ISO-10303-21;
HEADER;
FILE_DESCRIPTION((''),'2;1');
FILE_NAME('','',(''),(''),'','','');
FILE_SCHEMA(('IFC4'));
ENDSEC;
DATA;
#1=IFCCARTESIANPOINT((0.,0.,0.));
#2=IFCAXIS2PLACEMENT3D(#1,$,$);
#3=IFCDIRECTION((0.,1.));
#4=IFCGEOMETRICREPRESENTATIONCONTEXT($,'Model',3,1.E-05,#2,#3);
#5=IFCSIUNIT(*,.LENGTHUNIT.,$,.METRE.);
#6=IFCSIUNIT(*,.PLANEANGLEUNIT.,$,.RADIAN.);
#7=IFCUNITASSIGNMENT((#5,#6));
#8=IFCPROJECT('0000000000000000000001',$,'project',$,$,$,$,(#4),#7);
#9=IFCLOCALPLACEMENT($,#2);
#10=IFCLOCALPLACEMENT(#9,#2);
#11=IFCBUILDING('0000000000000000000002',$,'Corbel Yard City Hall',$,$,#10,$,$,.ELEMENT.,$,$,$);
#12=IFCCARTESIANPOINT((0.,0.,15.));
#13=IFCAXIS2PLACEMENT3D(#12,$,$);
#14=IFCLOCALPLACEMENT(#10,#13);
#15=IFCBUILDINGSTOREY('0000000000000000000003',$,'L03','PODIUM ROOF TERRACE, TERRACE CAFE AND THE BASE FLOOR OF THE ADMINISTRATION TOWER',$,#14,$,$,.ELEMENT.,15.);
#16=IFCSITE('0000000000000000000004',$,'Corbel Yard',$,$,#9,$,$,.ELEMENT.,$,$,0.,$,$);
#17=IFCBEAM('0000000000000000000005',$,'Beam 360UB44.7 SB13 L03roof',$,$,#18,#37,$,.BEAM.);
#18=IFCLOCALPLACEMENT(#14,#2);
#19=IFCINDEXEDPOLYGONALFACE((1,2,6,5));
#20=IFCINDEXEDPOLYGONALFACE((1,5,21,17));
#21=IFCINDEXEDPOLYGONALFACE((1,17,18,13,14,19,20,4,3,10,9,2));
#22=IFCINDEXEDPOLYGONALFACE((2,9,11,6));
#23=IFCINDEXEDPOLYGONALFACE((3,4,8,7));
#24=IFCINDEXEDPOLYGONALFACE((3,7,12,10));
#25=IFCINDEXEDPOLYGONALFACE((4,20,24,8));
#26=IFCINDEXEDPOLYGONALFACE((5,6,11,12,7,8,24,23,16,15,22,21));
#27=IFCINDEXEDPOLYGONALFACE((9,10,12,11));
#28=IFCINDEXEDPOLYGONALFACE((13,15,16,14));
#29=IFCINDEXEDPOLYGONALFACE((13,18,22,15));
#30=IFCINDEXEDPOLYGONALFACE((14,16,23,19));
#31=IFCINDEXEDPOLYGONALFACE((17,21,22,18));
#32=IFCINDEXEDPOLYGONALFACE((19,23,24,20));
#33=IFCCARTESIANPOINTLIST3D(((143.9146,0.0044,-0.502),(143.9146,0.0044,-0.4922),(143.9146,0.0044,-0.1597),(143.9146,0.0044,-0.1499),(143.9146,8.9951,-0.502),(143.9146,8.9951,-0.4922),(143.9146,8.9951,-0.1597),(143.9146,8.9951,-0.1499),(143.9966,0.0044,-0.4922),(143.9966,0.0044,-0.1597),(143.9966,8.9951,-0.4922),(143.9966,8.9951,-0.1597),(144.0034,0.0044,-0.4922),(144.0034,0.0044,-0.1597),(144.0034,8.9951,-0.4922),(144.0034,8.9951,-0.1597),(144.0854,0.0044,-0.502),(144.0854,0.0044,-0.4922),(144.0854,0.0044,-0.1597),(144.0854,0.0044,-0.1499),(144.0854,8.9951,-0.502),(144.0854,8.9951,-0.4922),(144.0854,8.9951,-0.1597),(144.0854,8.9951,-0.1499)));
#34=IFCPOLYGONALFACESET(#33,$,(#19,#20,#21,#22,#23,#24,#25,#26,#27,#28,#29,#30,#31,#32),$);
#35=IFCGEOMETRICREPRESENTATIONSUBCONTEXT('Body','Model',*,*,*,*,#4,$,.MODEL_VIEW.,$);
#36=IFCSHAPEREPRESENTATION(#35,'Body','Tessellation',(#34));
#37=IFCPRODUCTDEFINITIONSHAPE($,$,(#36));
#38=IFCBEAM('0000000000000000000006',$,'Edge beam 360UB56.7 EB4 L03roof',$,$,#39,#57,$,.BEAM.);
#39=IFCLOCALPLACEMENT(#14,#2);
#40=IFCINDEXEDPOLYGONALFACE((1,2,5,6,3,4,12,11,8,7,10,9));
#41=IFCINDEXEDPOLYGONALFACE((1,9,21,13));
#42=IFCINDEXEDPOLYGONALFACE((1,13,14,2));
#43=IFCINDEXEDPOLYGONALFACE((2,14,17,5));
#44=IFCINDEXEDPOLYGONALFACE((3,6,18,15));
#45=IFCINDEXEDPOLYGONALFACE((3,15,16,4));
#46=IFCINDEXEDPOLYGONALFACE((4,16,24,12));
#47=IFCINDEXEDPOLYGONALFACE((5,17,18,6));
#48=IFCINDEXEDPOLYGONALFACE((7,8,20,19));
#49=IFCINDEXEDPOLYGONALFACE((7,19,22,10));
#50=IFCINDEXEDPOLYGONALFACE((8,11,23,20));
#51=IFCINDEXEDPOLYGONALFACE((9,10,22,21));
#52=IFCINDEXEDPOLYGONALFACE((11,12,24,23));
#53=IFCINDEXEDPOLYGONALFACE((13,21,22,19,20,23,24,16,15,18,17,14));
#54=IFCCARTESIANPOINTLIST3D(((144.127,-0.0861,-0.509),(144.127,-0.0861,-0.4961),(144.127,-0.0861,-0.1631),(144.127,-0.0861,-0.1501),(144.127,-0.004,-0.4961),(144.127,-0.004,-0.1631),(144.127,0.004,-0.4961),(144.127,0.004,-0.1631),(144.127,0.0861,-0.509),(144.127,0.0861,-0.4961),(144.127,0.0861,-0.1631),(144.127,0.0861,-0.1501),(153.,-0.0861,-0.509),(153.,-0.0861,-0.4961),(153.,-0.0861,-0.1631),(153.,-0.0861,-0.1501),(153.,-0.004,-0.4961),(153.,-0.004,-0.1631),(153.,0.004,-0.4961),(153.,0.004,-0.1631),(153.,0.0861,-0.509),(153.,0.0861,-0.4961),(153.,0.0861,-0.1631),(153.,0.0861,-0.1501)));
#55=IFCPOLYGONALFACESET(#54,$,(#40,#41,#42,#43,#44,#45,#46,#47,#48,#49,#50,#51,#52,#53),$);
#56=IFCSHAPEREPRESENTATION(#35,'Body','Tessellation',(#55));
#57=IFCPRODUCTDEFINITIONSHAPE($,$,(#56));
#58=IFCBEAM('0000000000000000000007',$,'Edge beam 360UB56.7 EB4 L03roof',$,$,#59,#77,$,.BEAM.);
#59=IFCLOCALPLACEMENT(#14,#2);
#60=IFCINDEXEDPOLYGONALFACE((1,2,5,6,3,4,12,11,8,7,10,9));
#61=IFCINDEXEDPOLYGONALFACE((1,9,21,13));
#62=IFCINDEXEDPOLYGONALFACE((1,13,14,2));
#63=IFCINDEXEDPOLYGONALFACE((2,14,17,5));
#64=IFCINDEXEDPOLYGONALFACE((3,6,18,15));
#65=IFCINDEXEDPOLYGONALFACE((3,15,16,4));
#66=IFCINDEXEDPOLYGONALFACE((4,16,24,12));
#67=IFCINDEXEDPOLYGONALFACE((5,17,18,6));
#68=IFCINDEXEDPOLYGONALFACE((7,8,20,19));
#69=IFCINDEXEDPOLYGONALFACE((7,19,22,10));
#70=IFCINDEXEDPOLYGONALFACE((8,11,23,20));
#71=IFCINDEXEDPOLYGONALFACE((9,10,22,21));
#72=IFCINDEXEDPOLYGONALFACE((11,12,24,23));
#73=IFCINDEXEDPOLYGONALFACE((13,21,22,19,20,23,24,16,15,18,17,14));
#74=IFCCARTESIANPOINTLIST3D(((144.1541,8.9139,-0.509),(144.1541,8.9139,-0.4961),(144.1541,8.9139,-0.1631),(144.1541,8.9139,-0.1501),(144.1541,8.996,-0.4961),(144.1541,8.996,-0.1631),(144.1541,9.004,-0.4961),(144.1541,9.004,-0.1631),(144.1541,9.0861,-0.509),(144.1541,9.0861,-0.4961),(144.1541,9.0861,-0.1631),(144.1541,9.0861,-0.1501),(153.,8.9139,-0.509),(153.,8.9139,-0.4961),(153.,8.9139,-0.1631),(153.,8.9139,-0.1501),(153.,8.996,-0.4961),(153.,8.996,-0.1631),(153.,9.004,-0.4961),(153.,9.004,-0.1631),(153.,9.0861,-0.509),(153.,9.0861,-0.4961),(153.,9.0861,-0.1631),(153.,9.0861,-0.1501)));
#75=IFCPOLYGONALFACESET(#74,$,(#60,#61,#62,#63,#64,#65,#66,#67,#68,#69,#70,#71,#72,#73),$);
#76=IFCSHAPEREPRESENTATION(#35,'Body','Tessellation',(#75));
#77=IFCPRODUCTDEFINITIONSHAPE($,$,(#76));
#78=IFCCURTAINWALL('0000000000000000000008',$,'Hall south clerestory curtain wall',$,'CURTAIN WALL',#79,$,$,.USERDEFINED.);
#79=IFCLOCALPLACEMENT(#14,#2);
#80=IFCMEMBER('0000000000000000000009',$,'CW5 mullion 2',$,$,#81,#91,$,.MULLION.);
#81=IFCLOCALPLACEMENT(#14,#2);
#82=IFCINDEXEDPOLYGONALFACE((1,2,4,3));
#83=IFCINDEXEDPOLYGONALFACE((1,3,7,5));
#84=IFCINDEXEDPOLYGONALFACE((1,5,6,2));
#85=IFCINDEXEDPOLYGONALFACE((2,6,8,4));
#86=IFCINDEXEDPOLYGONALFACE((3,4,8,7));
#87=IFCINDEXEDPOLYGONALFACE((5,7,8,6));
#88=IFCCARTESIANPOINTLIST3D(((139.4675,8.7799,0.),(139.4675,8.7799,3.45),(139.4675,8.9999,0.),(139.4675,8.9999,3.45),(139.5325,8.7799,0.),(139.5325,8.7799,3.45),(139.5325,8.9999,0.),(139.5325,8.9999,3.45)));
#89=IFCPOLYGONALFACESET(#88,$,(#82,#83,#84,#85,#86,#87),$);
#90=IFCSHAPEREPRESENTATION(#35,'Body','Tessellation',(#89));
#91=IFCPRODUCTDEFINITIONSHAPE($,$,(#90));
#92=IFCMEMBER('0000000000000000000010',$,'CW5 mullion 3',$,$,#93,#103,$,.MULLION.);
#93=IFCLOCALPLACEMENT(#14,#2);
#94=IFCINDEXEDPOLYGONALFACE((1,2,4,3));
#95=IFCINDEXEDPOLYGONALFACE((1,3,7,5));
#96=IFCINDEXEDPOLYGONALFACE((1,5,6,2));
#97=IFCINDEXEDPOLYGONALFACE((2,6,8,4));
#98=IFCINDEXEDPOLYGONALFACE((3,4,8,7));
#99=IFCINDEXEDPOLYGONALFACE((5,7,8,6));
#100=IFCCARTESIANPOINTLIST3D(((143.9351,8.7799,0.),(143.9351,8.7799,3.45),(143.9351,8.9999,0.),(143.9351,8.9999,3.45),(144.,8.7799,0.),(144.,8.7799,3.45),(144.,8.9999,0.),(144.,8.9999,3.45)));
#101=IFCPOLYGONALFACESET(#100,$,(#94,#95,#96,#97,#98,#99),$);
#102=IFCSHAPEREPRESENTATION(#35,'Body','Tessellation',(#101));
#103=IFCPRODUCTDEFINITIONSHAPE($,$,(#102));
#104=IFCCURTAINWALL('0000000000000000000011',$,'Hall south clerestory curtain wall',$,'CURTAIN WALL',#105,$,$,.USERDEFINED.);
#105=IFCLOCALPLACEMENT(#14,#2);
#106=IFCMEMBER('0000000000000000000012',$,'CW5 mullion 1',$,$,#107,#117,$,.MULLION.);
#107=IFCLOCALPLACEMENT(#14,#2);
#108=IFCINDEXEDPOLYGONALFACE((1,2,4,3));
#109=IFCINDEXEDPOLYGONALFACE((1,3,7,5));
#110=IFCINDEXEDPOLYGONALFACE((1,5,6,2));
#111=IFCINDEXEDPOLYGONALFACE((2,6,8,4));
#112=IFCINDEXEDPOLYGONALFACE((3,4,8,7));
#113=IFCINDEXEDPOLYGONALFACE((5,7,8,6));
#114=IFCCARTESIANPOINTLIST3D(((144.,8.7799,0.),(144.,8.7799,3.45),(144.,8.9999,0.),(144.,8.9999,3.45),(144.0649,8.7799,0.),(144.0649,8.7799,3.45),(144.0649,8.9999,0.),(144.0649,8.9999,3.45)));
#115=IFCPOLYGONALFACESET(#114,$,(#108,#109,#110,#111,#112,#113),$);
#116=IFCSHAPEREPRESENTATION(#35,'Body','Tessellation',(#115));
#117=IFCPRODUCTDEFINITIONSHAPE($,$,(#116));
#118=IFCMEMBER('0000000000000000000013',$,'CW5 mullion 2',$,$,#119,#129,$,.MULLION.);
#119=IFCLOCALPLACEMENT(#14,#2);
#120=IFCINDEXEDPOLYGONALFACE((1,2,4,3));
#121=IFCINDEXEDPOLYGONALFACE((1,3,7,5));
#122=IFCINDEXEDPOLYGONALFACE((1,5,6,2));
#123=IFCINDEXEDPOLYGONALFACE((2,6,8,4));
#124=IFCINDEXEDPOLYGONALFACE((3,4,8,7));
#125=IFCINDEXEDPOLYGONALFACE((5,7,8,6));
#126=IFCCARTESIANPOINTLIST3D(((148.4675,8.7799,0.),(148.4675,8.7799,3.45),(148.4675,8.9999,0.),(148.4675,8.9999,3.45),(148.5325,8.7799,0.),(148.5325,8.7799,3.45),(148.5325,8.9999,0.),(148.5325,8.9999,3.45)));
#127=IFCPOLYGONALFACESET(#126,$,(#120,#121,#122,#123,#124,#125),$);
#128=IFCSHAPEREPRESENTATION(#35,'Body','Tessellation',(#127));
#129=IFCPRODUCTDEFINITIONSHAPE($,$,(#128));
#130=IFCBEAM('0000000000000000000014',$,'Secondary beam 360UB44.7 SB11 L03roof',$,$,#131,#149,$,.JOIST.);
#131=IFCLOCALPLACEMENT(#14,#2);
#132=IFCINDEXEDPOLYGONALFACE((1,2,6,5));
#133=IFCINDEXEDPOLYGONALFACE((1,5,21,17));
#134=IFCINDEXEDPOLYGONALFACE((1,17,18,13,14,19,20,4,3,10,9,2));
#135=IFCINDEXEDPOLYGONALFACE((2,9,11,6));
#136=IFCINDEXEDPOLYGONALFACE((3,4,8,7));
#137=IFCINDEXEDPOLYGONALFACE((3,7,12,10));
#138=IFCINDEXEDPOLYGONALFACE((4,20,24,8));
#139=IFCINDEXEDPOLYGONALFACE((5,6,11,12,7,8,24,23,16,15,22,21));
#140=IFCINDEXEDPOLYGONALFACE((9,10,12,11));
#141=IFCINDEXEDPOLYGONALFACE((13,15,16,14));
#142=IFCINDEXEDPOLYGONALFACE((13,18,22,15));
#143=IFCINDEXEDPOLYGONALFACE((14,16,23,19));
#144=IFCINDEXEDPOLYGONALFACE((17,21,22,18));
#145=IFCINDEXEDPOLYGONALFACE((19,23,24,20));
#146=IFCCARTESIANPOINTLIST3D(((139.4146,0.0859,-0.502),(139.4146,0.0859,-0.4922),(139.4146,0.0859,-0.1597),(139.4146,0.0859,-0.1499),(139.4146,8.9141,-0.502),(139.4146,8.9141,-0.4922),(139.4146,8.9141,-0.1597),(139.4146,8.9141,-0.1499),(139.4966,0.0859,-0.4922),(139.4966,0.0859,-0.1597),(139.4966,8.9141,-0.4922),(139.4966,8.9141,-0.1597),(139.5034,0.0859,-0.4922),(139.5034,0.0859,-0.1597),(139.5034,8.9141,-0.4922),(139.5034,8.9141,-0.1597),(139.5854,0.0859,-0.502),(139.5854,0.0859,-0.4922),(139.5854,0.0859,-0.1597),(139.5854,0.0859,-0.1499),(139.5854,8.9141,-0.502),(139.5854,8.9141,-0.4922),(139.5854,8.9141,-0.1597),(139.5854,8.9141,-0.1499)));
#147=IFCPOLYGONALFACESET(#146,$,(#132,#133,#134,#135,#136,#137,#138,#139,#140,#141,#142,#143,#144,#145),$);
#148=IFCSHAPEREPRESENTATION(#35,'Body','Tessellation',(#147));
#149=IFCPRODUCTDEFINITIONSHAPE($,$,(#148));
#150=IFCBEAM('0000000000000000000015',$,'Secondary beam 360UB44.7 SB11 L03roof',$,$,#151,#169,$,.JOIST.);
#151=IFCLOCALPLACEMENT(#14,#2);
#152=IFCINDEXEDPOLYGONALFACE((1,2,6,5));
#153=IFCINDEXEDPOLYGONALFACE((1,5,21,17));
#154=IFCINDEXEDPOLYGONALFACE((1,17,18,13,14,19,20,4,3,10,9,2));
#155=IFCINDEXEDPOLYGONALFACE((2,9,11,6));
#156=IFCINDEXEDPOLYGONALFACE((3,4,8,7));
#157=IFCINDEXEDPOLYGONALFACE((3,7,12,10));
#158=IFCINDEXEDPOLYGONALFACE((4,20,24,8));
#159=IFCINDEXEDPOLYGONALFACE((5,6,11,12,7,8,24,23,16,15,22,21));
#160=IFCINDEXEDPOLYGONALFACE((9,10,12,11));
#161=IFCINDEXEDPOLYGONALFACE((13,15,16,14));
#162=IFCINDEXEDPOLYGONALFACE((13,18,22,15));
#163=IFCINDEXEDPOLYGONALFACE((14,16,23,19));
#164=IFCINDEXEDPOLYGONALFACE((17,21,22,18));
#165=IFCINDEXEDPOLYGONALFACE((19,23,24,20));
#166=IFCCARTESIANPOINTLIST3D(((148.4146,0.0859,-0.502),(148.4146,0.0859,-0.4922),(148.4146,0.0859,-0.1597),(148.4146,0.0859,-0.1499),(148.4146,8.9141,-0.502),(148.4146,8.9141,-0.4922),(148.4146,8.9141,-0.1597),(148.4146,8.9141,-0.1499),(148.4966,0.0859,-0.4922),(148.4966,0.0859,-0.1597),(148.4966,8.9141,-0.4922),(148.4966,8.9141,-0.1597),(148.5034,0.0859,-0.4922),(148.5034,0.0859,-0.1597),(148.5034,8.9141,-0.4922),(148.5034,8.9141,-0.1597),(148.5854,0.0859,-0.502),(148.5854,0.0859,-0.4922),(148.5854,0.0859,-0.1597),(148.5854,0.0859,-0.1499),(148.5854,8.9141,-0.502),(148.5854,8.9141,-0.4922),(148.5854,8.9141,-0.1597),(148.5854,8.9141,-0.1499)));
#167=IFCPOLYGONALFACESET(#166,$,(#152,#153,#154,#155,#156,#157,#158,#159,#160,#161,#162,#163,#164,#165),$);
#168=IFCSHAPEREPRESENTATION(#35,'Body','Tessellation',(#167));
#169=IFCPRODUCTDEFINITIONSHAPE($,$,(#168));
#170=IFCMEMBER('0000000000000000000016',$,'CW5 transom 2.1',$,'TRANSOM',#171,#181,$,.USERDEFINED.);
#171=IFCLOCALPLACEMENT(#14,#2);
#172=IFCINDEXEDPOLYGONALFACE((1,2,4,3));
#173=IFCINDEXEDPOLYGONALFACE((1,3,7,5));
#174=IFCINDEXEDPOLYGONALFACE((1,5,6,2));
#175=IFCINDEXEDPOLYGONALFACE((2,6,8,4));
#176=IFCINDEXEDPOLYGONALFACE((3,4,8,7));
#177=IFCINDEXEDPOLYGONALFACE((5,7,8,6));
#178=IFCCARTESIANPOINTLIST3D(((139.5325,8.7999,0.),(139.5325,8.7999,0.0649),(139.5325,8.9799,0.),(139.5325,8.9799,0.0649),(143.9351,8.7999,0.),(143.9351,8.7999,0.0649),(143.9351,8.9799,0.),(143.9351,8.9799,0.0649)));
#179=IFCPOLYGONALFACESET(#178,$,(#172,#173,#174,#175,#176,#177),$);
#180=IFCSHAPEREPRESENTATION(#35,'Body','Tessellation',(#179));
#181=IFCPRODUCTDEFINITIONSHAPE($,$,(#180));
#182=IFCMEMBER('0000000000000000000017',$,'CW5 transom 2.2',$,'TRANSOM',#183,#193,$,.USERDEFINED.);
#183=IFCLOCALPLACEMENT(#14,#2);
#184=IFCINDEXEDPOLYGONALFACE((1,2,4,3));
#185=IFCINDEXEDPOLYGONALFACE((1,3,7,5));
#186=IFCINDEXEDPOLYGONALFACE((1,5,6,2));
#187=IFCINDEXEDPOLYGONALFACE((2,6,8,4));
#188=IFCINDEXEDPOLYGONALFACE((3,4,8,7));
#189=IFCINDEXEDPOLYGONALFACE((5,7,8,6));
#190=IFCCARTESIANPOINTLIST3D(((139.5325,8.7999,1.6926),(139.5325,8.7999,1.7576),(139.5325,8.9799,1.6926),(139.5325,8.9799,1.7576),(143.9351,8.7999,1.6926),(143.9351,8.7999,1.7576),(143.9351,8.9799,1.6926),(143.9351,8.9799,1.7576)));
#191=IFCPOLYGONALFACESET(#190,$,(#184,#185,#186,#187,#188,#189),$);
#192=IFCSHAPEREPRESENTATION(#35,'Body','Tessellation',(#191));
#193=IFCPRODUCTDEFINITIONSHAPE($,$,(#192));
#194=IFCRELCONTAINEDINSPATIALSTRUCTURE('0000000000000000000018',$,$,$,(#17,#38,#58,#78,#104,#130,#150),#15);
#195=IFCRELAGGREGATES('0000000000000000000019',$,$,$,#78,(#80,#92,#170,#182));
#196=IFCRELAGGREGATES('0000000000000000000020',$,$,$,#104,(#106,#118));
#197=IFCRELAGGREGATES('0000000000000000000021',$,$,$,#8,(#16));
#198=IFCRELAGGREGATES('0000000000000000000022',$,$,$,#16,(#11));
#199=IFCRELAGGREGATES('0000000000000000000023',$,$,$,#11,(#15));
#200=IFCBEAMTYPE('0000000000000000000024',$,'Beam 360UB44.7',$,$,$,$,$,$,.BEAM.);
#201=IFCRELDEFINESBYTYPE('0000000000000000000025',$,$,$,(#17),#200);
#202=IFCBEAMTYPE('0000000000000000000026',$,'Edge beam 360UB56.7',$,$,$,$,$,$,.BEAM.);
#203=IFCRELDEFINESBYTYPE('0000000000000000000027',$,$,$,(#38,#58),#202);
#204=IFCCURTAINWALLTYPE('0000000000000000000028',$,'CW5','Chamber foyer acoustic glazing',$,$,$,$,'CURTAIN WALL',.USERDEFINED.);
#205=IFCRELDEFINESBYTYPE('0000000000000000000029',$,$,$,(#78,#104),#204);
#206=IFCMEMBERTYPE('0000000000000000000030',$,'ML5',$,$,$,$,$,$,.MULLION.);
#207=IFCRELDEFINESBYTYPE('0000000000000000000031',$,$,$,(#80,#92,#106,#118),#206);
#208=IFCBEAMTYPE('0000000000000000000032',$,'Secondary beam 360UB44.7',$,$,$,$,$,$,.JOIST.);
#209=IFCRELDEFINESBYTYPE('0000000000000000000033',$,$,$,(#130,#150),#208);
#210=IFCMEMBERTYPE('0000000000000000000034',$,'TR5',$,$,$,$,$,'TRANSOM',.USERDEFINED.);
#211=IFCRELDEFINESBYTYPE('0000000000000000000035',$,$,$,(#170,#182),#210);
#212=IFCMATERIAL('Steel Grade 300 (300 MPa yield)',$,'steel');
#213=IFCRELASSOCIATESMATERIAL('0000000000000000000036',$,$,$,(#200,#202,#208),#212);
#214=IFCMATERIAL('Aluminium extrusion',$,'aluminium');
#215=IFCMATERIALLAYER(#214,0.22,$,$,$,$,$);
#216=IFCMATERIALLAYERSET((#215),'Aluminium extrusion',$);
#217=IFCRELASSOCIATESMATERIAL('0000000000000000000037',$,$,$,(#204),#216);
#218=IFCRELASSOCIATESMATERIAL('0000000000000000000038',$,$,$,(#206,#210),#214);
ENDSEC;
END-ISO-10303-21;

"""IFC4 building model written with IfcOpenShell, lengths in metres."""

from ifc_helpers import new_model, si_unit, direction, frame, origin, origin_2d, place, context, subcontext, project, spatial, rectangle, i_section, extrude, material, layer, layer_set, material_profile, profile_set, type_object, element, aggregate, save


model = new_model("IFC4")

# Units and contexts
model_context = context("Model", 3, precision=1e-05, world=origin(), true_north=direction((0.0, 1.0)))
body_context = subcontext(model_context, "Body", "Model", "MODEL_VIEW")
ifc_project = project(units=[si_unit("LENGTHUNIT", "METRE"), si_unit("PLANEANGLEUNIT", "RADIAN")], contexts=[model_context])

# Site, building, storey
site_placement = place(None, origin())
site = spatial("IfcSite", under=ifc_project, at=site_placement, Name="Corbel Yard", CompositionType="ELEMENT", RefElevation=0.0)
building_placement = place(site_placement, origin())
building = spatial("IfcBuilding", under=site, at=building_placement, Name="Corbel Yard City Hall", CompositionType="ELEMENT")
storey_placement = place(building_placement, frame((0.0, 0.0, 15.0)))
storey = spatial("IfcBuildingStorey", under=building, at=storey_placement, Name="L03", Description="PODIUM ROOF TERRACE, TERRACE CAFE AND THE BASE FLOOR OF THE ADMINISTRATION TOWER", CompositionType="ELEMENT", Elevation=15.0)

# Beams
ifc_material_1 = material(Name="Steel Grade 300 (300 MPa yield)", Category="steel")
ifc_material_profile_1 = material_profile(ifc_material_1, i_section(OverallWidth=0.1709, OverallDepth=0.3521, WebThickness=0.0068, FlangeThickness=0.0098, at=origin_2d()), Name="360UB44.7")
ifc_profile_set_1 = profile_set([ifc_material_profile_1], Name="Steel Grade 300 (300 MPa yield)")
beam_type_1 = type_object("IfcBeamType", Name="Beam 360UB44.7", PredefinedType="BEAM", material=ifc_profile_set_1)
beam_1_placement = place(storey_placement, frame((144.0, 0.0044, -0.3259), z_axis=(0.0, 1.0, 0.0), x_axis=(-1.0, 0.0, 0.0)))
element("IfcBeam", 1, at=beam_1_placement, inside=storey, type_object=beam_type_1, Name="Beam 360UB44.7 SB13 L03roof", PredefinedType="BEAM", context=body_context, shape_type="SweptSolid", body=[
    extrude(i_section(OverallWidth=0.1709, OverallDepth=0.3521, WebThickness=0.0068, FlangeThickness=0.0098, at=origin_2d()), origin(), (0.0, 0.0, 1.0), 8.9907),
])
ifc_material_profile_2 = material_profile(ifc_material_1, i_section(OverallWidth=0.1721, OverallDepth=0.3589, WebThickness=0.0081, FlangeThickness=0.0129, at=origin_2d()), Name="360UB56.7")
ifc_profile_set_2 = profile_set([ifc_material_profile_2], Name="Steel Grade 300 (300 MPa yield)")
beam_type_2 = type_object("IfcBeamType", Name="Edge beam 360UB56.7", PredefinedType="BEAM", material=ifc_profile_set_2)
beam_2_placement = place(storey_placement, frame((144.127, 0.0, -0.3296), z_axis=(1.0, 0.0, 0.0), x_axis=(0.0, 1.0, 0.0)))
element("IfcBeam", 2, at=beam_2_placement, inside=storey, type_object=beam_type_2, Name="Edge beam 360UB56.7 EB4 L03roof", PredefinedType="BEAM", context=body_context, shape_type="SweptSolid", body=[
    extrude(i_section(OverallWidth=0.1721, OverallDepth=0.3589, WebThickness=0.0081, FlangeThickness=0.0129, at=origin_2d()), origin(), (0.0, 0.0, 1.0), 8.873),
])
beam_3_placement = place(storey_placement, frame((144.1541, 9.0, -0.3296), z_axis=(1.0, 0.0, 0.0), x_axis=(0.0, 1.0, 0.0)))
element("IfcBeam", 3, at=beam_3_placement, inside=storey, type_object=beam_type_2, Name="Edge beam 360UB56.7 EB4 L03roof", PredefinedType="BEAM", context=body_context, shape_type="SweptSolid", body=[
    extrude(i_section(OverallWidth=0.1721, OverallDepth=0.3589, WebThickness=0.0081, FlangeThickness=0.0129, at=origin_2d()), origin(), (0.0, 0.0, 1.0), 8.8459),
])

# Curtain walls, members
ifc_material_2 = material(Name="Aluminium extrusion", Category="aluminium")
ifc_layer_1 = layer(ifc_material_2, 0.22)
ifc_layer_set_1 = layer_set([ifc_layer_1], Name="Aluminium extrusion")
curtain_wall_type = type_object("IfcCurtainWallType", Name="CW5", Description="Chamber foyer acoustic glazing", ElementType="CURTAIN WALL", PredefinedType="USERDEFINED", material=ifc_layer_set_1)
curtain_wall_1_placement = place(storey_placement, origin())
curtain_wall_1 = element("IfcCurtainWall", 4, at=curtain_wall_1_placement, inside=storey, type_object=curtain_wall_type, Name="Hall south clerestory curtain wall", ObjectType="CURTAIN WALL", PredefinedType="USERDEFINED")
ifc_material_profile_3 = material_profile(ifc_material_2, rectangle(XDim=0.22, YDim=0.0649, at=origin_2d()), Name="220x65")
ifc_profile_set_3 = profile_set([ifc_material_profile_3], Name="Aluminium extrusion")
member_type_1 = type_object("IfcMemberType", Name="ML5", PredefinedType="MULLION", material=ifc_profile_set_3)
member_1_placement = place(storey_placement, frame((139.5, 8.8899, 0.0), z_axis=(0.0, 0.0, 1.0), x_axis=(0.0, 1.0, 0.0)))
member_1 = element("IfcMember", 5, at=member_1_placement, type_object=member_type_1, Name="CW5 mullion 2", PredefinedType="MULLION", context=body_context, shape_type="SweptSolid", body=[
    extrude(rectangle(XDim=0.22, YDim=0.0649, at=origin_2d()), origin(), (0.0, 0.0, 1.0), 3.45),
])
member_2_placement = place(storey_placement, frame((143.9675, 8.8899, 0.0), z_axis=(0.0, 0.0, 1.0), x_axis=(0.0, 1.0, 0.0)))
member_2 = element("IfcMember", 6, at=member_2_placement, type_object=member_type_1, Name="CW5 mullion 3", PredefinedType="MULLION", context=body_context, shape_type="SweptSolid", body=[
    extrude(rectangle(XDim=0.22, YDim=0.0649, at=origin_2d()), origin(), (0.0, 0.0, 1.0), 3.45),
])
curtain_wall_2_placement = place(storey_placement, origin())
curtain_wall_2 = element("IfcCurtainWall", 7, at=curtain_wall_2_placement, inside=storey, type_object=curtain_wall_type, Name="Hall south clerestory curtain wall", ObjectType="CURTAIN WALL", PredefinedType="USERDEFINED")
member_3_placement = place(storey_placement, frame((144.0325, 8.8899, 0.0), z_axis=(0.0, 0.0, 1.0), x_axis=(0.0, 1.0, 0.0)))
member_3 = element("IfcMember", 8, at=member_3_placement, type_object=member_type_1, Name="CW5 mullion 1", PredefinedType="MULLION", context=body_context, shape_type="SweptSolid", body=[
    extrude(rectangle(XDim=0.22, YDim=0.0649, at=origin_2d()), origin(), (0.0, 0.0, 1.0), 3.45),
])
member_4_placement = place(storey_placement, frame((148.5, 8.8899, 0.0), z_axis=(0.0, 0.0, 1.0), x_axis=(0.0, 1.0, 0.0)))
member_4 = element("IfcMember", 9, at=member_4_placement, type_object=member_type_1, Name="CW5 mullion 2", PredefinedType="MULLION", context=body_context, shape_type="SweptSolid", body=[
    extrude(rectangle(XDim=0.22, YDim=0.0649, at=origin_2d()), origin(), (0.0, 0.0, 1.0), 3.45),
])

# Beams
ifc_material_profile_4 = material_profile(ifc_material_1, i_section(OverallWidth=0.1709, OverallDepth=0.3521, WebThickness=0.0068, FlangeThickness=0.0098, at=origin_2d()), Name="360UB44.7")
ifc_profile_set_4 = profile_set([ifc_material_profile_4], Name="Steel Grade 300 (300 MPa yield)")
beam_type_3 = type_object("IfcBeamType", Name="Secondary beam 360UB44.7", PredefinedType="JOIST", material=ifc_profile_set_4)
for number, where, z_axis, x_axis, name in (
    (10, (139.5, 0.0859, -0.3259), (0.0, 1.0, 0.0), (-1.0, 0.0, 0.0), "Secondary beam 360UB44.7 SB11 L03roof"),
    (11, (148.5, 0.0859, -0.3259), (0.0, 1.0, 0.0), (-1.0, 0.0, 0.0), "Secondary beam 360UB44.7 SB11 L03roof"),
):
    element("IfcBeam", number, at=place(storey_placement, frame(where, z_axis=z_axis, x_axis=x_axis)), inside=storey, type_object=beam_type_3, Name=name, PredefinedType="JOIST", context=body_context, shape_type="SweptSolid", body=[
        extrude(i_section(OverallWidth=0.1709, OverallDepth=0.3521, WebThickness=0.0068, FlangeThickness=0.0098, at=origin_2d()), origin(), (0.0, 0.0, 1.0), 8.8281),
    ])

# Members
ifc_material_profile_5 = material_profile(ifc_material_2, rectangle(XDim=0.1799, YDim=0.0649, at=origin_2d()), Name="180x65")
ifc_profile_set_5 = profile_set([ifc_material_profile_5], Name="Aluminium extrusion")
member_type_2 = type_object("IfcMemberType", Name="TR5", ElementType="TRANSOM", PredefinedType="USERDEFINED", material=ifc_profile_set_5)
member_5_placement = place(storey_placement, frame((139.5325, 8.8899, 0.0325), z_axis=(1.0, 0.0, 0.0), x_axis=(0.0, 1.0, 0.0)))
member_5 = element("IfcMember", 12, at=member_5_placement, type_object=member_type_2, Name="CW5 transom 2.1", ObjectType="TRANSOM", PredefinedType="USERDEFINED", context=body_context, shape_type="SweptSolid", body=[
    extrude(rectangle(XDim=0.1799, YDim=0.0649, at=origin_2d()), origin(), (0.0, 0.0, 1.0), 4.4026),
])
member_6_placement = place(storey_placement, frame((139.5325, 8.8899, 1.7251), z_axis=(1.0, 0.0, 0.0), x_axis=(0.0, 1.0, 0.0)))
member_6 = element("IfcMember", 13, at=member_6_placement, type_object=member_type_2, Name="CW5 transom 2.2", ObjectType="TRANSOM", PredefinedType="USERDEFINED", context=body_context, shape_type="SweptSolid", body=[
    extrude(rectangle(XDim=0.1799, YDim=0.0649, at=origin_2d()), origin(), (0.0, 0.0, 1.0), 4.4026),
])

aggregate(curtain_wall_1, [member_1, member_2, member_5, member_6])
aggregate(curtain_wall_2, [member_3, member_4])

save(model, "model.ifc")
